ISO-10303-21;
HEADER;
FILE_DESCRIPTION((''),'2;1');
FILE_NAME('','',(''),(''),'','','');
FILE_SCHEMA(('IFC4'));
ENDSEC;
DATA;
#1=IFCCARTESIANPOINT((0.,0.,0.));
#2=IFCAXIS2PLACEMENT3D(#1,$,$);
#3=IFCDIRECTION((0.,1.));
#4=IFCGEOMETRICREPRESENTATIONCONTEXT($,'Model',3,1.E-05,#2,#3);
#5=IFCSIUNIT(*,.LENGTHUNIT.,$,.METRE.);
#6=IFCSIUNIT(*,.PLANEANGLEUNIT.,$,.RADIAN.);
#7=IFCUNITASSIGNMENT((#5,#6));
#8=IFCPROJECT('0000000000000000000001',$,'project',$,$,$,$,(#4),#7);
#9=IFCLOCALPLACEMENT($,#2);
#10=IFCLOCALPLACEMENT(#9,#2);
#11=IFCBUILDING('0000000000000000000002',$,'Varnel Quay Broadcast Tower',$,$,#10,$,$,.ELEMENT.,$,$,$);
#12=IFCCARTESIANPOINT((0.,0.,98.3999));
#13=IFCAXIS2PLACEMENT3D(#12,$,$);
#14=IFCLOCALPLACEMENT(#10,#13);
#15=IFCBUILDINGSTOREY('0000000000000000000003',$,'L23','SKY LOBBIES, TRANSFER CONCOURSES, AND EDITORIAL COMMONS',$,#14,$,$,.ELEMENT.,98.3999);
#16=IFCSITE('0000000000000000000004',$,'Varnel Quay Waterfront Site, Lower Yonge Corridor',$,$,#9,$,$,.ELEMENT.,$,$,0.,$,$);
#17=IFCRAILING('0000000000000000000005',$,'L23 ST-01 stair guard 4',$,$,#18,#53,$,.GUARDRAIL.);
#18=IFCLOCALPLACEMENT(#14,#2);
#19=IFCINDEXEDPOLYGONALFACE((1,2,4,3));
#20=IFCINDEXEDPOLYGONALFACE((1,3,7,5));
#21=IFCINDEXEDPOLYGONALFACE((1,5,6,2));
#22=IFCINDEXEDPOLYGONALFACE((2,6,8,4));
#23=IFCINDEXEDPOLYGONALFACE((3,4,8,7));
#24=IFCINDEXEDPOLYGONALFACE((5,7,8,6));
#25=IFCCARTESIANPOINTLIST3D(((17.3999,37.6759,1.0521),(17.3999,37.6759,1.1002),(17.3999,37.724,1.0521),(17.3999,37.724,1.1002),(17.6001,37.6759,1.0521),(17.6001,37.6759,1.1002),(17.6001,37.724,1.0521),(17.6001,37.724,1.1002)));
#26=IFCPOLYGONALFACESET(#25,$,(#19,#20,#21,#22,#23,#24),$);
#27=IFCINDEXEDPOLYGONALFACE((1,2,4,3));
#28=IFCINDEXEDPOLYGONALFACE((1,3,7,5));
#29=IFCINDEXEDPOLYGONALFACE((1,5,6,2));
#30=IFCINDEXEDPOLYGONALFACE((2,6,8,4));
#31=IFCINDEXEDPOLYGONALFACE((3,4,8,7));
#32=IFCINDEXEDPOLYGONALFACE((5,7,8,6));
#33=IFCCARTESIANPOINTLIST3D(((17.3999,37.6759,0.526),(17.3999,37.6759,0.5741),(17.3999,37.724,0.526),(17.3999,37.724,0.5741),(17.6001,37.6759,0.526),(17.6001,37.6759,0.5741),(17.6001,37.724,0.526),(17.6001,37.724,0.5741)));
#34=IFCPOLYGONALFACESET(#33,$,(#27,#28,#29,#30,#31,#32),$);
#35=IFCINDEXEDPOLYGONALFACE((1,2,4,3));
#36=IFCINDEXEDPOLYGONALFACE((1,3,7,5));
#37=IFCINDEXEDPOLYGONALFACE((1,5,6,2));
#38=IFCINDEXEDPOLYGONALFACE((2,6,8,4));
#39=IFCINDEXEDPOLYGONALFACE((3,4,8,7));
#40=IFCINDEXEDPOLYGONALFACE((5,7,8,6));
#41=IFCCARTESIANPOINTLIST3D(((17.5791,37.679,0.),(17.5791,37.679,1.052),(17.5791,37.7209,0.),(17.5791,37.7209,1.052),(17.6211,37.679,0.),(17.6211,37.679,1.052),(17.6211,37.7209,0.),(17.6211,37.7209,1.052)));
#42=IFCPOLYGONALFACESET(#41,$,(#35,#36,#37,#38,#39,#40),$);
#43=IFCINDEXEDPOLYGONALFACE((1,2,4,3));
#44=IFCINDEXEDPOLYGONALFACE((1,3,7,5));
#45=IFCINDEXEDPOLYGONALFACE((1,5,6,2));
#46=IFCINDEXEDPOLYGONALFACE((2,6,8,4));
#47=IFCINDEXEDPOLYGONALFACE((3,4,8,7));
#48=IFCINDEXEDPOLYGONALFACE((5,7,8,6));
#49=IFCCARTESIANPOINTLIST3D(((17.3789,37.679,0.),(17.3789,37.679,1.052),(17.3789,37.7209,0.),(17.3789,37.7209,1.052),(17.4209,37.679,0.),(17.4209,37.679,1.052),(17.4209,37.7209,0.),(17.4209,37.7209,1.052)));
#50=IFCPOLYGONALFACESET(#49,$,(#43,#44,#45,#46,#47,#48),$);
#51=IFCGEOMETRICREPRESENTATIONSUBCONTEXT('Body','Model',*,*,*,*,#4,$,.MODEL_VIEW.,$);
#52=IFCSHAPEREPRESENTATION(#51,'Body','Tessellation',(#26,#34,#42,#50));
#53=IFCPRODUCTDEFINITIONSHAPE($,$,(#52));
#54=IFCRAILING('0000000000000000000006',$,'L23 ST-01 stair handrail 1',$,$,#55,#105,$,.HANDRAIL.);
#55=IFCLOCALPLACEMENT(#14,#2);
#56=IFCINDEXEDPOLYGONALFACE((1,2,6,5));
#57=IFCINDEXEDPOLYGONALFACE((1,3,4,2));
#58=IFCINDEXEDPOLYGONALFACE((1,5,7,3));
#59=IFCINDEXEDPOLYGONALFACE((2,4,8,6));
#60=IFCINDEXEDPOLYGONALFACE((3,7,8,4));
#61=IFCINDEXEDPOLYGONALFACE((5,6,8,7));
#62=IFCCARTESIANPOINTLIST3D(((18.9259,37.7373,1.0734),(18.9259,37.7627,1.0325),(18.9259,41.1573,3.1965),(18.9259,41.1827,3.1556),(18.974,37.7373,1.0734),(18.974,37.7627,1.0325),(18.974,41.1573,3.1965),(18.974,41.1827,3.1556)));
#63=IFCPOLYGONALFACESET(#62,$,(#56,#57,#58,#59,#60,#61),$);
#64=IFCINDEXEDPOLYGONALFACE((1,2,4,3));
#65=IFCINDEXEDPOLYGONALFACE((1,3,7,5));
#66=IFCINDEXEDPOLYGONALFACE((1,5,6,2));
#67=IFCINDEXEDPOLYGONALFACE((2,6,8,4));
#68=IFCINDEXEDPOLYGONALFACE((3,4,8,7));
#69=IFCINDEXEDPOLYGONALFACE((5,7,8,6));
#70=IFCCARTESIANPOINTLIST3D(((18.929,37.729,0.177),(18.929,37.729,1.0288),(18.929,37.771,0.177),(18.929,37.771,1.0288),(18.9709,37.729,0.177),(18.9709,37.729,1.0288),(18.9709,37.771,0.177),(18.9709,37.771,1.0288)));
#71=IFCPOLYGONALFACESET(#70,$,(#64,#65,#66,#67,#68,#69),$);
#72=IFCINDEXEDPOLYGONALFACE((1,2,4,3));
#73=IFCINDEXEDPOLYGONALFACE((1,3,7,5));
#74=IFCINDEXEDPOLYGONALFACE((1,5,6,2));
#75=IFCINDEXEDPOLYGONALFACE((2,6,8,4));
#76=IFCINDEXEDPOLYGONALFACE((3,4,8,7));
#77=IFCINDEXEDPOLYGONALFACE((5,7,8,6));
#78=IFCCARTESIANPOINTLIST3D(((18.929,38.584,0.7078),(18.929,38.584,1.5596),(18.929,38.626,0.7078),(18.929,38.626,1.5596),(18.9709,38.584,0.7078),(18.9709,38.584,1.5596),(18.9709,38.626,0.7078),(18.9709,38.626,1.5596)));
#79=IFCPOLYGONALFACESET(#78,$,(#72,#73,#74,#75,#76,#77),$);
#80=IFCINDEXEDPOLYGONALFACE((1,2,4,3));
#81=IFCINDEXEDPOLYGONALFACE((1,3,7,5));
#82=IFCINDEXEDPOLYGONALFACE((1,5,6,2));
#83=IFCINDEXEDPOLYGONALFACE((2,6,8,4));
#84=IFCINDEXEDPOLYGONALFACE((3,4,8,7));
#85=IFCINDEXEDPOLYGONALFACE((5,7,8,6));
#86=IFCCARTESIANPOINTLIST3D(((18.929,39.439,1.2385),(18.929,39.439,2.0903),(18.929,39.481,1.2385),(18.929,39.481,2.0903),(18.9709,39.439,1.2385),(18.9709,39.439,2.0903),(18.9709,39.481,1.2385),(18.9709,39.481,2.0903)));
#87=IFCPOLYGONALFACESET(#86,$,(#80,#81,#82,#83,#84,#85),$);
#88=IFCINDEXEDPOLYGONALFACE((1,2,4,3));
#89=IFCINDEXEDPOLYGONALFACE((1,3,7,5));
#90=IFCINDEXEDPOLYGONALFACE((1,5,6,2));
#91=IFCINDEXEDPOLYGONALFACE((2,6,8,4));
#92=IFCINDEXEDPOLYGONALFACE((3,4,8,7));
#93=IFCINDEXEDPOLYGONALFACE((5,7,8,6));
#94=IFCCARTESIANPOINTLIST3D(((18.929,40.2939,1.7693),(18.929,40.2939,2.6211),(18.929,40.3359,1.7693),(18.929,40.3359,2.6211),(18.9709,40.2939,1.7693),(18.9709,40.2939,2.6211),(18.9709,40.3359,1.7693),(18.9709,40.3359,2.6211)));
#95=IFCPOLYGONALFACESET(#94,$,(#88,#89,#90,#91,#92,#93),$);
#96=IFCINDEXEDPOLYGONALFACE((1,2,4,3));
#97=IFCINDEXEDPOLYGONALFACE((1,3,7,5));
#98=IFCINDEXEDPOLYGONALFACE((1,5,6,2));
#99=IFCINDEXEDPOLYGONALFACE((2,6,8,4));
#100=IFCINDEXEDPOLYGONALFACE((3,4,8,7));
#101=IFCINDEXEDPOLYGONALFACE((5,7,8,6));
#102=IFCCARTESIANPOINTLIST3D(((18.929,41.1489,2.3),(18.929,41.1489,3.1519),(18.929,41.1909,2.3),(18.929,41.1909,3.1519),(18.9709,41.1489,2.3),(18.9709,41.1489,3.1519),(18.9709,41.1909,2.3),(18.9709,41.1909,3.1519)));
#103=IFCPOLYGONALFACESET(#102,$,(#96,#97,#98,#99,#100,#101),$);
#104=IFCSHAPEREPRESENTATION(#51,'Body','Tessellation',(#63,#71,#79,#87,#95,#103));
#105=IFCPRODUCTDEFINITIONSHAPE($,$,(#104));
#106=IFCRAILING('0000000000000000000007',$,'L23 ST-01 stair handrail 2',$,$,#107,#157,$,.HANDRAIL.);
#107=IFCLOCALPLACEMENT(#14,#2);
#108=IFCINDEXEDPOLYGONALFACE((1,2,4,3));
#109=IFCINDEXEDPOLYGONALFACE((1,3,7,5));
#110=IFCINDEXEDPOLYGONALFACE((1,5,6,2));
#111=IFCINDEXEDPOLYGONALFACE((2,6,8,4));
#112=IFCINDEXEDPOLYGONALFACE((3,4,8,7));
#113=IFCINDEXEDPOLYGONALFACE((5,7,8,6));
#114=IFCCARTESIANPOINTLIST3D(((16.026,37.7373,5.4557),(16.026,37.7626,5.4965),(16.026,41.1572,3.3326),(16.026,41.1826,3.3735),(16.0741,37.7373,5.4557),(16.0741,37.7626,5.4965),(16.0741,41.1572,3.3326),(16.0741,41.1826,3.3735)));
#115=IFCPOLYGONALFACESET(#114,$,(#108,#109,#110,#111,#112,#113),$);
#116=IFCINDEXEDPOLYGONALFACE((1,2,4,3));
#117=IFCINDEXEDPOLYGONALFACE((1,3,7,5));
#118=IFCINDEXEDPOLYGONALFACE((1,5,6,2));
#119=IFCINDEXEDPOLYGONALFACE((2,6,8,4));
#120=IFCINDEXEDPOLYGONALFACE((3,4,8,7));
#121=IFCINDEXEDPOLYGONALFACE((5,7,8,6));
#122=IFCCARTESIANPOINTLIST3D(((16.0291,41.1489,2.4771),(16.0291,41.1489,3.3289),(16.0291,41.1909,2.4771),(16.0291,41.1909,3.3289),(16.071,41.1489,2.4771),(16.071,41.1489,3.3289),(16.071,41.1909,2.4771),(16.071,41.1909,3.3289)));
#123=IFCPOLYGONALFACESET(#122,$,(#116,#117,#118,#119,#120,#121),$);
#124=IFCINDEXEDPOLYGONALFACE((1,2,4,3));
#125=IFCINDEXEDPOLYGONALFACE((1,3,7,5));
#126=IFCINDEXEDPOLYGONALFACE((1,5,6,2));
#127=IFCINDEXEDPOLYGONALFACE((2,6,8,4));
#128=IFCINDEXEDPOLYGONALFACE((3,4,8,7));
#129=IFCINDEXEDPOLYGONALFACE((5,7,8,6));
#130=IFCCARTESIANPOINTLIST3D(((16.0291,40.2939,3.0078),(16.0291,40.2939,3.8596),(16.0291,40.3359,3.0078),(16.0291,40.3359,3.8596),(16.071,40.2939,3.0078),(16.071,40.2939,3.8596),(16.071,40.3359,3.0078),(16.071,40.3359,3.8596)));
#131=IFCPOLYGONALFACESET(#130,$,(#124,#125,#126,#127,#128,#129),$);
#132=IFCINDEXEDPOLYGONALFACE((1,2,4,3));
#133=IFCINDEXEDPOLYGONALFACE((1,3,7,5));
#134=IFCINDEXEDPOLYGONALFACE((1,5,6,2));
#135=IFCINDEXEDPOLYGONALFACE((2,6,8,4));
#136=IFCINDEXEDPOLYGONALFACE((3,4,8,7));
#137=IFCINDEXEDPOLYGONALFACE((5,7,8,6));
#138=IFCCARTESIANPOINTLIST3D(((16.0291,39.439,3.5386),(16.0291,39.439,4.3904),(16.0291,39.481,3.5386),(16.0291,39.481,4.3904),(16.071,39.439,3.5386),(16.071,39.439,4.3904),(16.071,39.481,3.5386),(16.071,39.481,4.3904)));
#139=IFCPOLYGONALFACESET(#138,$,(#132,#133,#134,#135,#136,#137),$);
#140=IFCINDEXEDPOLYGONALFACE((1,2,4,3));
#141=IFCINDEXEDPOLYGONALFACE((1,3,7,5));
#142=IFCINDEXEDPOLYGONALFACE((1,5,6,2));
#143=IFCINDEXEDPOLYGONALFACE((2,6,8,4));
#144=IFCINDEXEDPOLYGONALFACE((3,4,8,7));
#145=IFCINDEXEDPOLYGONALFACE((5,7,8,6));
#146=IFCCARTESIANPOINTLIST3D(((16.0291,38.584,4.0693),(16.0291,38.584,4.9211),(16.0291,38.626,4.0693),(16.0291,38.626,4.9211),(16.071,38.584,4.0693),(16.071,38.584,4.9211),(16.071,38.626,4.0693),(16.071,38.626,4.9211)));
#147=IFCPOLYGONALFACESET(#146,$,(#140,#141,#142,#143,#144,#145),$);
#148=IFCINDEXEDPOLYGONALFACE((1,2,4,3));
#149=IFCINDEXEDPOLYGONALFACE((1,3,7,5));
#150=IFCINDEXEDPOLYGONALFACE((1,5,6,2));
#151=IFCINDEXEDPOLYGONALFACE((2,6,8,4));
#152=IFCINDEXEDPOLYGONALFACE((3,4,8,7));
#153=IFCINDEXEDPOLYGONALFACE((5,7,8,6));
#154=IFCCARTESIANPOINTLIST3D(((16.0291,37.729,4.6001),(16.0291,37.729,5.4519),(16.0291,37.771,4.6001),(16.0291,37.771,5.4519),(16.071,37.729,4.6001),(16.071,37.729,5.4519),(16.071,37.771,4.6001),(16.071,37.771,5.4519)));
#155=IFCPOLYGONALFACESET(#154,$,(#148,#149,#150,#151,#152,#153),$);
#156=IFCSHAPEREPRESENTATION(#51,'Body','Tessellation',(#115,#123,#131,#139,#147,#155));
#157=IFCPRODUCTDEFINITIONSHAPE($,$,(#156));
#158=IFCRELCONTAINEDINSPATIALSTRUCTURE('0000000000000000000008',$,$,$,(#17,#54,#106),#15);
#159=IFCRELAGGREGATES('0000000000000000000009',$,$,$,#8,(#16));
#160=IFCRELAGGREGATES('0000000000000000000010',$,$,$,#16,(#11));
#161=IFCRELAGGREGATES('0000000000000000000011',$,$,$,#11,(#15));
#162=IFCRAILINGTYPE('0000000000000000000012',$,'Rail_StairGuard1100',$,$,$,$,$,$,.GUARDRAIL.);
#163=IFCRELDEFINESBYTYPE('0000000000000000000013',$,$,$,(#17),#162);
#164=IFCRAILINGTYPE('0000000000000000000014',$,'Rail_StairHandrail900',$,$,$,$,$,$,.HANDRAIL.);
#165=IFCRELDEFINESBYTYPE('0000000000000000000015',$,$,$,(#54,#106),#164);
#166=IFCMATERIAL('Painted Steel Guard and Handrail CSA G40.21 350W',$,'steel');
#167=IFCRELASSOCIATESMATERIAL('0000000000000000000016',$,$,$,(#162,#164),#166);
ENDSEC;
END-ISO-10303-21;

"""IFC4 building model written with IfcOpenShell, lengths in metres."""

from ifc_helpers import new_model, si_unit, direction, frame, origin, origin_2d, place, context, subcontext, project, spatial, rectangle, extrude, material, type_object, element, save


model = new_model("IFC4")

# Units and contexts
model_context = context("Model", 3, precision=1e-05, world=origin(), true_north=direction((0.0, 1.0)))
body_context = subcontext(model_context, "Body", "Model", "MODEL_VIEW")
ifc_project = project(units=[si_unit("LENGTHUNIT", "METRE"), si_unit("PLANEANGLEUNIT", "RADIAN")], contexts=[model_context])

# Site, building, storey
site_placement = place(None, origin())
site = spatial("IfcSite", under=ifc_project, at=site_placement, Name="Varnel Quay Waterfront Site, Lower Yonge Corridor", CompositionType="ELEMENT", RefElevation=0.0)
building_placement = place(site_placement, origin())
building = spatial("IfcBuilding", under=site, at=building_placement, Name="Varnel Quay Broadcast Tower", CompositionType="ELEMENT")
storey_placement = place(building_placement, frame((0.0, 0.0, 98.3999)))
storey = spatial("IfcBuildingStorey", under=building, at=storey_placement, Name="L23", Description="SKY LOBBIES, TRANSFER CONCOURSES, AND EDITORIAL COMMONS", CompositionType="ELEMENT", Elevation=98.3999)

# Railings
ifc_material_1 = material(Name="Painted Steel Guard and Handrail CSA G40.21 350W", Category="steel")
railing_type_1 = type_object("IfcRailingType", Name="Rail_StairGuard1100", PredefinedType="GUARDRAIL", material=ifc_material_1)
railing_1_placement = place(storey_placement, frame((17.6001, 37.7, 0.0)))
element("IfcRailing", 1, at=railing_1_placement, inside=storey, type_object=railing_type_1, Name="L23 ST-01 stair guard 4", PredefinedType="GUARDRAIL", context=body_context, shape_type="SweptSolid", body=[
    extrude(rectangle(XDim=0.0481, YDim=0.0481, at=origin_2d()), frame((0.0, 0.0, 1.0762), z_axis=(-1.0, 0.0, 0.0), x_axis=(0.0, -1.0, 0.0)), (0.0, 0.0, 1.0), 0.2002),
    extrude(rectangle(XDim=0.0481, YDim=0.0481, at=origin_2d()), frame((0.0, 0.0, 0.55), z_axis=(-1.0, 0.0, 0.0), x_axis=(0.0, -1.0, 0.0)), (0.0, 0.0, 1.0), 0.2002),
    extrude(rectangle(XDim=0.042, YDim=0.042, at=origin_2d()), origin(), (0.0, 0.0, 1.0), 1.052),
    extrude(rectangle(XDim=0.042, YDim=0.042, at=origin_2d()), frame((-0.2002, 0.0, 0.0)), (0.0, 0.0, 1.0), 1.052),
])
railing_type_2 = type_object("IfcRailingType", Name="Rail_StairHandrail900", PredefinedType="HANDRAIL", material=ifc_material_1)
railing_2_placement = place(storey_placement, frame((18.95, 37.75, 0.177)))
element("IfcRailing", 2, at=railing_2_placement, inside=storey, type_object=railing_type_2, Name="L23 ST-01 stair handrail 1", PredefinedType="HANDRAIL", context=body_context, shape_type="SweptSolid", body=[
    extrude(rectangle(XDim=0.0481, YDim=0.0481, at=origin_2d()), frame((0.0, 0.0, 0.876), z_axis=(0.0, 0.849603, 0.527423), x_axis=(-1.0, 0.0, 0.0)), (0.0, 0.0, 1.0), 4.0254),
    extrude(rectangle(XDim=0.042, YDim=0.042, at=origin_2d()), origin(), (0.0, 0.0, 1.0), 0.8518),
    extrude(rectangle(XDim=0.042, YDim=0.042, at=origin_2d()), frame((0.0, 0.855, 0.5308)), (0.0, 0.0, 1.0), 0.8518),
    extrude(rectangle(XDim=0.042, YDim=0.042, at=origin_2d()), frame((0.0, 1.71, 1.0615)), (0.0, 0.0, 1.0), 0.8518),
    extrude(rectangle(XDim=0.042, YDim=0.042, at=origin_2d()), frame((0.0, 2.5649, 1.5923)), (0.0, 0.0, 1.0), 0.8518),
    extrude(rectangle(XDim=0.042, YDim=0.042, at=origin_2d()), frame((0.0, 3.4199, 2.123)), (0.0, 0.0, 1.0), 0.8518),
])
railing_3_placement = place(storey_placement, frame((16.05, 41.1699, 2.4771)))
element("IfcRailing", 3, at=railing_3_placement, inside=storey, type_object=railing_type_2, Name="L23 ST-01 stair handrail 2", PredefinedType="HANDRAIL", context=body_context, shape_type="SweptSolid", body=[
    extrude(rectangle(XDim=0.0481, YDim=0.0481, at=origin_2d()), frame((0.0, 0.0, 0.876), z_axis=(0.0, -0.849603, 0.527423), x_axis=(1.0, 0.0, 0.0)), (0.0, 0.0, 1.0), 4.0254),
    extrude(rectangle(XDim=0.042, YDim=0.042, at=origin_2d()), origin(), (0.0, 0.0, 1.0), 0.8518),
    extrude(rectangle(XDim=0.042, YDim=0.042, at=origin_2d()), frame((0.0, -0.855, 0.5308)), (0.0, 0.0, 1.0), 0.8518),
    extrude(rectangle(XDim=0.042, YDim=0.042, at=origin_2d()), frame((0.0, -1.71, 1.0615)), (0.0, 0.0, 1.0), 0.8518),
    extrude(rectangle(XDim=0.042, YDim=0.042, at=origin_2d()), frame((0.0, -2.5649, 1.5923)), (0.0, 0.0, 1.0), 0.8518),
    extrude(rectangle(XDim=0.042, YDim=0.042, at=origin_2d()), frame((0.0, -3.4199, 2.123)), (0.0, 0.0, 1.0), 0.8518),
])

save(model, "model.ifc")
